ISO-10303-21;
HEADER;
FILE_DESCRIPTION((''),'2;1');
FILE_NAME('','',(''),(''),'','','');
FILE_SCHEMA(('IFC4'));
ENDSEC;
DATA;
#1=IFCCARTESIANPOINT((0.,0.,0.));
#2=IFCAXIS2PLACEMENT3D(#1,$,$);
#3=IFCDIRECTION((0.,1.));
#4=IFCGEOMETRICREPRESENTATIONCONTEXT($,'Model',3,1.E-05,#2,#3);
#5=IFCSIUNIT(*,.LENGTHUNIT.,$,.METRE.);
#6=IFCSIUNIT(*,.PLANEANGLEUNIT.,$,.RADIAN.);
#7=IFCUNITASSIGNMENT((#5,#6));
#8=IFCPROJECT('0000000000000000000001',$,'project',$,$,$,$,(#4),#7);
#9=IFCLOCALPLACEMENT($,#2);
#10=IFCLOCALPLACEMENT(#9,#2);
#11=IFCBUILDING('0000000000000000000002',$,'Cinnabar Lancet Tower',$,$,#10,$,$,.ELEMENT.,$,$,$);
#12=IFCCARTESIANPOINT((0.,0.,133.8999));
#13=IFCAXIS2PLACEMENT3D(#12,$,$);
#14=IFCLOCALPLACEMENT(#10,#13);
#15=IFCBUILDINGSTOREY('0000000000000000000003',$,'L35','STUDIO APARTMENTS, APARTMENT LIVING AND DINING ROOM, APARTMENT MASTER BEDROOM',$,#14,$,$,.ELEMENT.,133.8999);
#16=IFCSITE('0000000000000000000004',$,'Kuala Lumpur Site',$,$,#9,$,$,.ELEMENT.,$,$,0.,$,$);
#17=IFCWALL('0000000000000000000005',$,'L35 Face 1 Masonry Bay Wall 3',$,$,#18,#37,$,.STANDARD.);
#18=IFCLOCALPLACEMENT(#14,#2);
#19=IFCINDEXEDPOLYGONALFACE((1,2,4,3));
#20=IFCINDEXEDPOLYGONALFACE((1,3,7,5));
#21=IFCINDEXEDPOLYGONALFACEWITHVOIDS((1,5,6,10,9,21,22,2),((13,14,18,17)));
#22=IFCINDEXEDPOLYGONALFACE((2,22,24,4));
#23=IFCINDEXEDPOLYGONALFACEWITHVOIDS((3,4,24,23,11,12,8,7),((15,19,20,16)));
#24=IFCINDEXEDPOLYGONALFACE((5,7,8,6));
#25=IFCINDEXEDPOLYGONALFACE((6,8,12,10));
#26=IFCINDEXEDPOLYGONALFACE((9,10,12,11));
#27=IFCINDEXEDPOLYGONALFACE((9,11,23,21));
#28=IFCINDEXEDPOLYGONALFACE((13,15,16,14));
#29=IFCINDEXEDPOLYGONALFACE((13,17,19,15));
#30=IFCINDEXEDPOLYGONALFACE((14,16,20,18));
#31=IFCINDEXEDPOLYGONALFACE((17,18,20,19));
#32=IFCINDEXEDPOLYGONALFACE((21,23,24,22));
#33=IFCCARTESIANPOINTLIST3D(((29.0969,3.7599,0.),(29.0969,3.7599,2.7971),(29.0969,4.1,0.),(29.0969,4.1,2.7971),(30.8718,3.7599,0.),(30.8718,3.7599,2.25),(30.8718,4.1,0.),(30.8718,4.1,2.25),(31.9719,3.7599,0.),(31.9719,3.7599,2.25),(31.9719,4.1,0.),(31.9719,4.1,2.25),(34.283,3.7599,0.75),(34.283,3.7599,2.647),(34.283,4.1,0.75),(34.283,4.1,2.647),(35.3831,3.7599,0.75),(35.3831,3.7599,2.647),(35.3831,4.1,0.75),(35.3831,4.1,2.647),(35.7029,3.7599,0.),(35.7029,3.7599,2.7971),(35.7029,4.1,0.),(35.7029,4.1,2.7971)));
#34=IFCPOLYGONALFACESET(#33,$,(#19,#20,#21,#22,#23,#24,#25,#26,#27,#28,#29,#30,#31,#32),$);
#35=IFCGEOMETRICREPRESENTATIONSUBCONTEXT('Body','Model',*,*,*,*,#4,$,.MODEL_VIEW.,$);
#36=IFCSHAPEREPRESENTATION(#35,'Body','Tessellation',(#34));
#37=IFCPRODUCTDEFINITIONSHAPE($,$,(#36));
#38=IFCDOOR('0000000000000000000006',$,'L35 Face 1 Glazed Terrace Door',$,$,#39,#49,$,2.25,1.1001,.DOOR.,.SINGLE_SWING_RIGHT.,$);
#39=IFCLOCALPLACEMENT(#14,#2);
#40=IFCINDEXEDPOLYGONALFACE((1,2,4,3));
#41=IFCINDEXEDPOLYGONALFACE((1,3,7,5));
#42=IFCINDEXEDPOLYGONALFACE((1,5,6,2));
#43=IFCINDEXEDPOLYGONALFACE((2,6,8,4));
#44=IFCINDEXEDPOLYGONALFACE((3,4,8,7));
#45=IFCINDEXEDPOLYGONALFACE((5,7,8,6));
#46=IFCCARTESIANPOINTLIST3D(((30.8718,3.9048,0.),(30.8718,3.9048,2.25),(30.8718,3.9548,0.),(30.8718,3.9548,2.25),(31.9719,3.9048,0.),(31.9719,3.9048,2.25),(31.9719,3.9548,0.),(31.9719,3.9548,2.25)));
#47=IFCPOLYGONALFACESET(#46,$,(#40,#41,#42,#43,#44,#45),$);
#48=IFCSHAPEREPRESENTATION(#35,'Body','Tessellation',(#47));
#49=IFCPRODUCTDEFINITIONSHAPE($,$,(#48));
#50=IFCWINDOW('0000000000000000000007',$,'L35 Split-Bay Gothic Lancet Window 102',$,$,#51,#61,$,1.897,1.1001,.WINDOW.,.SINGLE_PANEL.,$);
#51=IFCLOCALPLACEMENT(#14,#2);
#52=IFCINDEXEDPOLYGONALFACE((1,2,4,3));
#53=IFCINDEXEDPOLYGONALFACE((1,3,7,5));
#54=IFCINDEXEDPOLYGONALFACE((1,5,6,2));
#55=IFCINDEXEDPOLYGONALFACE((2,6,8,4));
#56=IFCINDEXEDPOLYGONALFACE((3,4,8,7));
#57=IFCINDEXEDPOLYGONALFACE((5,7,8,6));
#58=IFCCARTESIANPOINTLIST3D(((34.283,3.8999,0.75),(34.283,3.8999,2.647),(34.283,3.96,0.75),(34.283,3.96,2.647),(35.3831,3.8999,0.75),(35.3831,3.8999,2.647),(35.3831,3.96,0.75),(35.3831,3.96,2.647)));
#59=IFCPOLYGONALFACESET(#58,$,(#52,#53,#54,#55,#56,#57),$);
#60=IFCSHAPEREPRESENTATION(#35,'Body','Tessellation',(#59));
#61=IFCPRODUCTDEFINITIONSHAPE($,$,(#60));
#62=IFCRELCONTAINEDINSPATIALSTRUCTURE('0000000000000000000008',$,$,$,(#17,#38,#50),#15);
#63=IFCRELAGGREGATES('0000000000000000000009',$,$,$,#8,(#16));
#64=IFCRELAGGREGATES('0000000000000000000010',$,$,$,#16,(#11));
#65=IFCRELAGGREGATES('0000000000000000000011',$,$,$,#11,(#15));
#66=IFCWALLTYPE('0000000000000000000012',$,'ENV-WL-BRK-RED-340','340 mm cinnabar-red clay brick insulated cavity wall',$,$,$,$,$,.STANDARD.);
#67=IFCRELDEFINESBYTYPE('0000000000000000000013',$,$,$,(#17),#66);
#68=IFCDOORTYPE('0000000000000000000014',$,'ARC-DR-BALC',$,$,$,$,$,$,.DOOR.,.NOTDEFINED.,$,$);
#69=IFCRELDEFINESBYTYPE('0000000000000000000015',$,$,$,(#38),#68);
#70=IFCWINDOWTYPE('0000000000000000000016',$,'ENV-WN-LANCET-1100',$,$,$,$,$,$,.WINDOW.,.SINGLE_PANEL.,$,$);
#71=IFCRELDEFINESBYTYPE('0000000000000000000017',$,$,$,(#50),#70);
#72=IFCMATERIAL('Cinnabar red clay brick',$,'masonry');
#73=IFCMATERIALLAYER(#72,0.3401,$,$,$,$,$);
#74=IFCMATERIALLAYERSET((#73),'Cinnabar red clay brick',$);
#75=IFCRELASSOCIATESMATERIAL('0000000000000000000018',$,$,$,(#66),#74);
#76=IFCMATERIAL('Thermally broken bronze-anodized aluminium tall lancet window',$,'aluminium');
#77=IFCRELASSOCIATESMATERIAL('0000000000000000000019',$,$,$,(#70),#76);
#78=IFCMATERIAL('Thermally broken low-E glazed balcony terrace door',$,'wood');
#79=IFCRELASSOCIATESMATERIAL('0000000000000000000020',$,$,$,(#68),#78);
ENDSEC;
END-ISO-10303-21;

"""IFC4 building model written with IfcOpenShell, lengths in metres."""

from ifc_helpers import new_model, si_unit, direction, frame, frame_2d, origin, place, context, subcontext, project, spatial, rectangle, extrude, material, layer, layer_set, type_object, element, fill, save


model = new_model("IFC4")

# Units and contexts
model_context = context("Model", 3, precision=1e-05, world=origin(), true_north=direction((0.0, 1.0)))
body_context = subcontext(model_context, "Body", "Model", "MODEL_VIEW")
ifc_project = project(units=[si_unit("LENGTHUNIT", "METRE"), si_unit("PLANEANGLEUNIT", "RADIAN")], contexts=[model_context])

# Site, building, storey
site_placement = place(None, origin())
site = spatial("IfcSite", under=ifc_project, at=site_placement, Name="Kuala Lumpur Site", CompositionType="ELEMENT", RefElevation=0.0)
building_placement = place(site_placement, origin())
building = spatial("IfcBuilding", under=site, at=building_placement, Name="Cinnabar Lancet Tower", CompositionType="ELEMENT")
storey_placement = place(building_placement, frame((0.0, 0.0, 133.8999)))
storey = spatial("IfcBuildingStorey", under=building, at=storey_placement, Name="L35", Description="STUDIO APARTMENTS, APARTMENT LIVING AND DINING ROOM, APARTMENT MASTER BEDROOM", CompositionType="ELEMENT", Elevation=133.8999)

# Shared definitions
ifc_material_1 = material(Name="Cinnabar red clay brick", Category="masonry")
ifc_layer_1 = layer(ifc_material_1, 0.3401)
ifc_layer_set_1 = layer_set([ifc_layer_1], Name="Cinnabar red clay brick")
wall_type_1 = type_object("IfcWallType", Name="ENV-WL-BRK-RED-340", Description="340 mm cinnabar-red clay brick insulated cavity wall", PredefinedType="STANDARD", material=ifc_layer_set_1)

# Shared definitions
ifc_material_2 = material(Name="Thermally broken bronze-anodized aluminium tall lancet window", Category="aluminium")
window_type = type_object("IfcWindowType", Name="ENV-WN-LANCET-1100", PartitioningType="SINGLE_PANEL", PredefinedType="WINDOW", material=ifc_material_2)

# Wall, openings, door, window
wall_1_placement = place(storey_placement, frame((29.0969, 3.9299, 0.0), z_axis=(0.0, 0.0, 1.0), x_axis=(1.0, 0.0, 0.0)))
wall_1 = element("IfcWall", 1, at=wall_1_placement, inside=storey, type_object=wall_type_1, Name="L35 Face 1 Masonry Bay Wall 3", PredefinedType="STANDARD", context=body_context, shape_type="SweptSolid", body=[
    extrude(rectangle(XDim=6.606, YDim=0.3401, at=frame_2d((3.303, 0.0))), origin(), (0.0, 0.0, 1.0), 2.7971),
])
opening_1_placement = place(wall_1_placement, frame((1.7749, 0.0, 0.0)))
opening_1 = element("IfcOpeningElement", 2, at=opening_1_placement, cuts=wall_1, PredefinedType="OPENING", context=body_context, shape_type="SweptSolid", body=[
    extrude(rectangle(XDim=1.1001, YDim=2.25, at=frame_2d((0.55, 1.125))), frame((0.0, 0.1799, 0.0), z_axis=(0.0, -1.0, 0.0), x_axis=(1.0, 0.0, 0.0)), (0.0, 0.0, 1.0), 0.3601),
])
opening_2_placement = place(wall_1_placement, frame((5.186, 0.0, 0.75)))
opening_2 = element("IfcOpeningElement", 3, at=opening_2_placement, cuts=wall_1, PredefinedType="OPENING", context=body_context, shape_type="SweptSolid", body=[
    extrude(rectangle(XDim=1.1001, YDim=1.897, at=frame_2d((0.55, 0.9485))), frame((0.0, 0.1799, 0.0), z_axis=(0.0, -1.0, 0.0), x_axis=(1.0, 0.0, 0.0)), (0.0, 0.0, 1.0), 0.3601),
])
ifc_material_3 = material(Name="Thermally broken low-E glazed balcony terrace door", Category="wood")
door_type_1 = type_object("IfcDoorType", Name="ARC-DR-BALC", OperationType="NOTDEFINED", PredefinedType="DOOR", material=ifc_material_3)
door_1_placement = place(opening_1_placement, origin())
door_1 = element("IfcDoor", 4, at=door_1_placement, inside=storey, type_object=door_type_1, Name="L35 Face 1 Glazed Terrace Door", OperationType="SINGLE_SWING_RIGHT", OverallHeight=2.25, OverallWidth=1.1001, PredefinedType="DOOR", context=body_context, shape_type="SweptSolid", body=[
    extrude(rectangle(XDim=1.1001, YDim=2.25, at=frame_2d((0.55, 1.125))), frame((0.0, 0.0249, 0.0), z_axis=(0.0, -1.0, 0.0), x_axis=(1.0, 0.0, 0.0)), (0.0, 0.0, 1.0), 0.05),
])
fill(opening_1, door_1)
window_1_placement = place(opening_2_placement, origin())
window_1 = element("IfcWindow", 5, at=window_1_placement, inside=storey, type_object=window_type, Name="L35 Split-Bay Gothic Lancet Window 102", OverallHeight=1.897, OverallWidth=1.1001, PartitioningType="SINGLE_PANEL", PredefinedType="WINDOW", context=body_context, shape_type="SweptSolid", body=[
    extrude(rectangle(XDim=1.1001, YDim=1.897, at=frame_2d((0.55, 0.9485))), frame((0.0, 0.03, 0.0), z_axis=(0.0, -1.0, 0.0), x_axis=(1.0, 0.0, 0.0)), (0.0, 0.0, 1.0), 0.0601),
])
fill(opening_2, window_1)

save(model, "model.ifc")
